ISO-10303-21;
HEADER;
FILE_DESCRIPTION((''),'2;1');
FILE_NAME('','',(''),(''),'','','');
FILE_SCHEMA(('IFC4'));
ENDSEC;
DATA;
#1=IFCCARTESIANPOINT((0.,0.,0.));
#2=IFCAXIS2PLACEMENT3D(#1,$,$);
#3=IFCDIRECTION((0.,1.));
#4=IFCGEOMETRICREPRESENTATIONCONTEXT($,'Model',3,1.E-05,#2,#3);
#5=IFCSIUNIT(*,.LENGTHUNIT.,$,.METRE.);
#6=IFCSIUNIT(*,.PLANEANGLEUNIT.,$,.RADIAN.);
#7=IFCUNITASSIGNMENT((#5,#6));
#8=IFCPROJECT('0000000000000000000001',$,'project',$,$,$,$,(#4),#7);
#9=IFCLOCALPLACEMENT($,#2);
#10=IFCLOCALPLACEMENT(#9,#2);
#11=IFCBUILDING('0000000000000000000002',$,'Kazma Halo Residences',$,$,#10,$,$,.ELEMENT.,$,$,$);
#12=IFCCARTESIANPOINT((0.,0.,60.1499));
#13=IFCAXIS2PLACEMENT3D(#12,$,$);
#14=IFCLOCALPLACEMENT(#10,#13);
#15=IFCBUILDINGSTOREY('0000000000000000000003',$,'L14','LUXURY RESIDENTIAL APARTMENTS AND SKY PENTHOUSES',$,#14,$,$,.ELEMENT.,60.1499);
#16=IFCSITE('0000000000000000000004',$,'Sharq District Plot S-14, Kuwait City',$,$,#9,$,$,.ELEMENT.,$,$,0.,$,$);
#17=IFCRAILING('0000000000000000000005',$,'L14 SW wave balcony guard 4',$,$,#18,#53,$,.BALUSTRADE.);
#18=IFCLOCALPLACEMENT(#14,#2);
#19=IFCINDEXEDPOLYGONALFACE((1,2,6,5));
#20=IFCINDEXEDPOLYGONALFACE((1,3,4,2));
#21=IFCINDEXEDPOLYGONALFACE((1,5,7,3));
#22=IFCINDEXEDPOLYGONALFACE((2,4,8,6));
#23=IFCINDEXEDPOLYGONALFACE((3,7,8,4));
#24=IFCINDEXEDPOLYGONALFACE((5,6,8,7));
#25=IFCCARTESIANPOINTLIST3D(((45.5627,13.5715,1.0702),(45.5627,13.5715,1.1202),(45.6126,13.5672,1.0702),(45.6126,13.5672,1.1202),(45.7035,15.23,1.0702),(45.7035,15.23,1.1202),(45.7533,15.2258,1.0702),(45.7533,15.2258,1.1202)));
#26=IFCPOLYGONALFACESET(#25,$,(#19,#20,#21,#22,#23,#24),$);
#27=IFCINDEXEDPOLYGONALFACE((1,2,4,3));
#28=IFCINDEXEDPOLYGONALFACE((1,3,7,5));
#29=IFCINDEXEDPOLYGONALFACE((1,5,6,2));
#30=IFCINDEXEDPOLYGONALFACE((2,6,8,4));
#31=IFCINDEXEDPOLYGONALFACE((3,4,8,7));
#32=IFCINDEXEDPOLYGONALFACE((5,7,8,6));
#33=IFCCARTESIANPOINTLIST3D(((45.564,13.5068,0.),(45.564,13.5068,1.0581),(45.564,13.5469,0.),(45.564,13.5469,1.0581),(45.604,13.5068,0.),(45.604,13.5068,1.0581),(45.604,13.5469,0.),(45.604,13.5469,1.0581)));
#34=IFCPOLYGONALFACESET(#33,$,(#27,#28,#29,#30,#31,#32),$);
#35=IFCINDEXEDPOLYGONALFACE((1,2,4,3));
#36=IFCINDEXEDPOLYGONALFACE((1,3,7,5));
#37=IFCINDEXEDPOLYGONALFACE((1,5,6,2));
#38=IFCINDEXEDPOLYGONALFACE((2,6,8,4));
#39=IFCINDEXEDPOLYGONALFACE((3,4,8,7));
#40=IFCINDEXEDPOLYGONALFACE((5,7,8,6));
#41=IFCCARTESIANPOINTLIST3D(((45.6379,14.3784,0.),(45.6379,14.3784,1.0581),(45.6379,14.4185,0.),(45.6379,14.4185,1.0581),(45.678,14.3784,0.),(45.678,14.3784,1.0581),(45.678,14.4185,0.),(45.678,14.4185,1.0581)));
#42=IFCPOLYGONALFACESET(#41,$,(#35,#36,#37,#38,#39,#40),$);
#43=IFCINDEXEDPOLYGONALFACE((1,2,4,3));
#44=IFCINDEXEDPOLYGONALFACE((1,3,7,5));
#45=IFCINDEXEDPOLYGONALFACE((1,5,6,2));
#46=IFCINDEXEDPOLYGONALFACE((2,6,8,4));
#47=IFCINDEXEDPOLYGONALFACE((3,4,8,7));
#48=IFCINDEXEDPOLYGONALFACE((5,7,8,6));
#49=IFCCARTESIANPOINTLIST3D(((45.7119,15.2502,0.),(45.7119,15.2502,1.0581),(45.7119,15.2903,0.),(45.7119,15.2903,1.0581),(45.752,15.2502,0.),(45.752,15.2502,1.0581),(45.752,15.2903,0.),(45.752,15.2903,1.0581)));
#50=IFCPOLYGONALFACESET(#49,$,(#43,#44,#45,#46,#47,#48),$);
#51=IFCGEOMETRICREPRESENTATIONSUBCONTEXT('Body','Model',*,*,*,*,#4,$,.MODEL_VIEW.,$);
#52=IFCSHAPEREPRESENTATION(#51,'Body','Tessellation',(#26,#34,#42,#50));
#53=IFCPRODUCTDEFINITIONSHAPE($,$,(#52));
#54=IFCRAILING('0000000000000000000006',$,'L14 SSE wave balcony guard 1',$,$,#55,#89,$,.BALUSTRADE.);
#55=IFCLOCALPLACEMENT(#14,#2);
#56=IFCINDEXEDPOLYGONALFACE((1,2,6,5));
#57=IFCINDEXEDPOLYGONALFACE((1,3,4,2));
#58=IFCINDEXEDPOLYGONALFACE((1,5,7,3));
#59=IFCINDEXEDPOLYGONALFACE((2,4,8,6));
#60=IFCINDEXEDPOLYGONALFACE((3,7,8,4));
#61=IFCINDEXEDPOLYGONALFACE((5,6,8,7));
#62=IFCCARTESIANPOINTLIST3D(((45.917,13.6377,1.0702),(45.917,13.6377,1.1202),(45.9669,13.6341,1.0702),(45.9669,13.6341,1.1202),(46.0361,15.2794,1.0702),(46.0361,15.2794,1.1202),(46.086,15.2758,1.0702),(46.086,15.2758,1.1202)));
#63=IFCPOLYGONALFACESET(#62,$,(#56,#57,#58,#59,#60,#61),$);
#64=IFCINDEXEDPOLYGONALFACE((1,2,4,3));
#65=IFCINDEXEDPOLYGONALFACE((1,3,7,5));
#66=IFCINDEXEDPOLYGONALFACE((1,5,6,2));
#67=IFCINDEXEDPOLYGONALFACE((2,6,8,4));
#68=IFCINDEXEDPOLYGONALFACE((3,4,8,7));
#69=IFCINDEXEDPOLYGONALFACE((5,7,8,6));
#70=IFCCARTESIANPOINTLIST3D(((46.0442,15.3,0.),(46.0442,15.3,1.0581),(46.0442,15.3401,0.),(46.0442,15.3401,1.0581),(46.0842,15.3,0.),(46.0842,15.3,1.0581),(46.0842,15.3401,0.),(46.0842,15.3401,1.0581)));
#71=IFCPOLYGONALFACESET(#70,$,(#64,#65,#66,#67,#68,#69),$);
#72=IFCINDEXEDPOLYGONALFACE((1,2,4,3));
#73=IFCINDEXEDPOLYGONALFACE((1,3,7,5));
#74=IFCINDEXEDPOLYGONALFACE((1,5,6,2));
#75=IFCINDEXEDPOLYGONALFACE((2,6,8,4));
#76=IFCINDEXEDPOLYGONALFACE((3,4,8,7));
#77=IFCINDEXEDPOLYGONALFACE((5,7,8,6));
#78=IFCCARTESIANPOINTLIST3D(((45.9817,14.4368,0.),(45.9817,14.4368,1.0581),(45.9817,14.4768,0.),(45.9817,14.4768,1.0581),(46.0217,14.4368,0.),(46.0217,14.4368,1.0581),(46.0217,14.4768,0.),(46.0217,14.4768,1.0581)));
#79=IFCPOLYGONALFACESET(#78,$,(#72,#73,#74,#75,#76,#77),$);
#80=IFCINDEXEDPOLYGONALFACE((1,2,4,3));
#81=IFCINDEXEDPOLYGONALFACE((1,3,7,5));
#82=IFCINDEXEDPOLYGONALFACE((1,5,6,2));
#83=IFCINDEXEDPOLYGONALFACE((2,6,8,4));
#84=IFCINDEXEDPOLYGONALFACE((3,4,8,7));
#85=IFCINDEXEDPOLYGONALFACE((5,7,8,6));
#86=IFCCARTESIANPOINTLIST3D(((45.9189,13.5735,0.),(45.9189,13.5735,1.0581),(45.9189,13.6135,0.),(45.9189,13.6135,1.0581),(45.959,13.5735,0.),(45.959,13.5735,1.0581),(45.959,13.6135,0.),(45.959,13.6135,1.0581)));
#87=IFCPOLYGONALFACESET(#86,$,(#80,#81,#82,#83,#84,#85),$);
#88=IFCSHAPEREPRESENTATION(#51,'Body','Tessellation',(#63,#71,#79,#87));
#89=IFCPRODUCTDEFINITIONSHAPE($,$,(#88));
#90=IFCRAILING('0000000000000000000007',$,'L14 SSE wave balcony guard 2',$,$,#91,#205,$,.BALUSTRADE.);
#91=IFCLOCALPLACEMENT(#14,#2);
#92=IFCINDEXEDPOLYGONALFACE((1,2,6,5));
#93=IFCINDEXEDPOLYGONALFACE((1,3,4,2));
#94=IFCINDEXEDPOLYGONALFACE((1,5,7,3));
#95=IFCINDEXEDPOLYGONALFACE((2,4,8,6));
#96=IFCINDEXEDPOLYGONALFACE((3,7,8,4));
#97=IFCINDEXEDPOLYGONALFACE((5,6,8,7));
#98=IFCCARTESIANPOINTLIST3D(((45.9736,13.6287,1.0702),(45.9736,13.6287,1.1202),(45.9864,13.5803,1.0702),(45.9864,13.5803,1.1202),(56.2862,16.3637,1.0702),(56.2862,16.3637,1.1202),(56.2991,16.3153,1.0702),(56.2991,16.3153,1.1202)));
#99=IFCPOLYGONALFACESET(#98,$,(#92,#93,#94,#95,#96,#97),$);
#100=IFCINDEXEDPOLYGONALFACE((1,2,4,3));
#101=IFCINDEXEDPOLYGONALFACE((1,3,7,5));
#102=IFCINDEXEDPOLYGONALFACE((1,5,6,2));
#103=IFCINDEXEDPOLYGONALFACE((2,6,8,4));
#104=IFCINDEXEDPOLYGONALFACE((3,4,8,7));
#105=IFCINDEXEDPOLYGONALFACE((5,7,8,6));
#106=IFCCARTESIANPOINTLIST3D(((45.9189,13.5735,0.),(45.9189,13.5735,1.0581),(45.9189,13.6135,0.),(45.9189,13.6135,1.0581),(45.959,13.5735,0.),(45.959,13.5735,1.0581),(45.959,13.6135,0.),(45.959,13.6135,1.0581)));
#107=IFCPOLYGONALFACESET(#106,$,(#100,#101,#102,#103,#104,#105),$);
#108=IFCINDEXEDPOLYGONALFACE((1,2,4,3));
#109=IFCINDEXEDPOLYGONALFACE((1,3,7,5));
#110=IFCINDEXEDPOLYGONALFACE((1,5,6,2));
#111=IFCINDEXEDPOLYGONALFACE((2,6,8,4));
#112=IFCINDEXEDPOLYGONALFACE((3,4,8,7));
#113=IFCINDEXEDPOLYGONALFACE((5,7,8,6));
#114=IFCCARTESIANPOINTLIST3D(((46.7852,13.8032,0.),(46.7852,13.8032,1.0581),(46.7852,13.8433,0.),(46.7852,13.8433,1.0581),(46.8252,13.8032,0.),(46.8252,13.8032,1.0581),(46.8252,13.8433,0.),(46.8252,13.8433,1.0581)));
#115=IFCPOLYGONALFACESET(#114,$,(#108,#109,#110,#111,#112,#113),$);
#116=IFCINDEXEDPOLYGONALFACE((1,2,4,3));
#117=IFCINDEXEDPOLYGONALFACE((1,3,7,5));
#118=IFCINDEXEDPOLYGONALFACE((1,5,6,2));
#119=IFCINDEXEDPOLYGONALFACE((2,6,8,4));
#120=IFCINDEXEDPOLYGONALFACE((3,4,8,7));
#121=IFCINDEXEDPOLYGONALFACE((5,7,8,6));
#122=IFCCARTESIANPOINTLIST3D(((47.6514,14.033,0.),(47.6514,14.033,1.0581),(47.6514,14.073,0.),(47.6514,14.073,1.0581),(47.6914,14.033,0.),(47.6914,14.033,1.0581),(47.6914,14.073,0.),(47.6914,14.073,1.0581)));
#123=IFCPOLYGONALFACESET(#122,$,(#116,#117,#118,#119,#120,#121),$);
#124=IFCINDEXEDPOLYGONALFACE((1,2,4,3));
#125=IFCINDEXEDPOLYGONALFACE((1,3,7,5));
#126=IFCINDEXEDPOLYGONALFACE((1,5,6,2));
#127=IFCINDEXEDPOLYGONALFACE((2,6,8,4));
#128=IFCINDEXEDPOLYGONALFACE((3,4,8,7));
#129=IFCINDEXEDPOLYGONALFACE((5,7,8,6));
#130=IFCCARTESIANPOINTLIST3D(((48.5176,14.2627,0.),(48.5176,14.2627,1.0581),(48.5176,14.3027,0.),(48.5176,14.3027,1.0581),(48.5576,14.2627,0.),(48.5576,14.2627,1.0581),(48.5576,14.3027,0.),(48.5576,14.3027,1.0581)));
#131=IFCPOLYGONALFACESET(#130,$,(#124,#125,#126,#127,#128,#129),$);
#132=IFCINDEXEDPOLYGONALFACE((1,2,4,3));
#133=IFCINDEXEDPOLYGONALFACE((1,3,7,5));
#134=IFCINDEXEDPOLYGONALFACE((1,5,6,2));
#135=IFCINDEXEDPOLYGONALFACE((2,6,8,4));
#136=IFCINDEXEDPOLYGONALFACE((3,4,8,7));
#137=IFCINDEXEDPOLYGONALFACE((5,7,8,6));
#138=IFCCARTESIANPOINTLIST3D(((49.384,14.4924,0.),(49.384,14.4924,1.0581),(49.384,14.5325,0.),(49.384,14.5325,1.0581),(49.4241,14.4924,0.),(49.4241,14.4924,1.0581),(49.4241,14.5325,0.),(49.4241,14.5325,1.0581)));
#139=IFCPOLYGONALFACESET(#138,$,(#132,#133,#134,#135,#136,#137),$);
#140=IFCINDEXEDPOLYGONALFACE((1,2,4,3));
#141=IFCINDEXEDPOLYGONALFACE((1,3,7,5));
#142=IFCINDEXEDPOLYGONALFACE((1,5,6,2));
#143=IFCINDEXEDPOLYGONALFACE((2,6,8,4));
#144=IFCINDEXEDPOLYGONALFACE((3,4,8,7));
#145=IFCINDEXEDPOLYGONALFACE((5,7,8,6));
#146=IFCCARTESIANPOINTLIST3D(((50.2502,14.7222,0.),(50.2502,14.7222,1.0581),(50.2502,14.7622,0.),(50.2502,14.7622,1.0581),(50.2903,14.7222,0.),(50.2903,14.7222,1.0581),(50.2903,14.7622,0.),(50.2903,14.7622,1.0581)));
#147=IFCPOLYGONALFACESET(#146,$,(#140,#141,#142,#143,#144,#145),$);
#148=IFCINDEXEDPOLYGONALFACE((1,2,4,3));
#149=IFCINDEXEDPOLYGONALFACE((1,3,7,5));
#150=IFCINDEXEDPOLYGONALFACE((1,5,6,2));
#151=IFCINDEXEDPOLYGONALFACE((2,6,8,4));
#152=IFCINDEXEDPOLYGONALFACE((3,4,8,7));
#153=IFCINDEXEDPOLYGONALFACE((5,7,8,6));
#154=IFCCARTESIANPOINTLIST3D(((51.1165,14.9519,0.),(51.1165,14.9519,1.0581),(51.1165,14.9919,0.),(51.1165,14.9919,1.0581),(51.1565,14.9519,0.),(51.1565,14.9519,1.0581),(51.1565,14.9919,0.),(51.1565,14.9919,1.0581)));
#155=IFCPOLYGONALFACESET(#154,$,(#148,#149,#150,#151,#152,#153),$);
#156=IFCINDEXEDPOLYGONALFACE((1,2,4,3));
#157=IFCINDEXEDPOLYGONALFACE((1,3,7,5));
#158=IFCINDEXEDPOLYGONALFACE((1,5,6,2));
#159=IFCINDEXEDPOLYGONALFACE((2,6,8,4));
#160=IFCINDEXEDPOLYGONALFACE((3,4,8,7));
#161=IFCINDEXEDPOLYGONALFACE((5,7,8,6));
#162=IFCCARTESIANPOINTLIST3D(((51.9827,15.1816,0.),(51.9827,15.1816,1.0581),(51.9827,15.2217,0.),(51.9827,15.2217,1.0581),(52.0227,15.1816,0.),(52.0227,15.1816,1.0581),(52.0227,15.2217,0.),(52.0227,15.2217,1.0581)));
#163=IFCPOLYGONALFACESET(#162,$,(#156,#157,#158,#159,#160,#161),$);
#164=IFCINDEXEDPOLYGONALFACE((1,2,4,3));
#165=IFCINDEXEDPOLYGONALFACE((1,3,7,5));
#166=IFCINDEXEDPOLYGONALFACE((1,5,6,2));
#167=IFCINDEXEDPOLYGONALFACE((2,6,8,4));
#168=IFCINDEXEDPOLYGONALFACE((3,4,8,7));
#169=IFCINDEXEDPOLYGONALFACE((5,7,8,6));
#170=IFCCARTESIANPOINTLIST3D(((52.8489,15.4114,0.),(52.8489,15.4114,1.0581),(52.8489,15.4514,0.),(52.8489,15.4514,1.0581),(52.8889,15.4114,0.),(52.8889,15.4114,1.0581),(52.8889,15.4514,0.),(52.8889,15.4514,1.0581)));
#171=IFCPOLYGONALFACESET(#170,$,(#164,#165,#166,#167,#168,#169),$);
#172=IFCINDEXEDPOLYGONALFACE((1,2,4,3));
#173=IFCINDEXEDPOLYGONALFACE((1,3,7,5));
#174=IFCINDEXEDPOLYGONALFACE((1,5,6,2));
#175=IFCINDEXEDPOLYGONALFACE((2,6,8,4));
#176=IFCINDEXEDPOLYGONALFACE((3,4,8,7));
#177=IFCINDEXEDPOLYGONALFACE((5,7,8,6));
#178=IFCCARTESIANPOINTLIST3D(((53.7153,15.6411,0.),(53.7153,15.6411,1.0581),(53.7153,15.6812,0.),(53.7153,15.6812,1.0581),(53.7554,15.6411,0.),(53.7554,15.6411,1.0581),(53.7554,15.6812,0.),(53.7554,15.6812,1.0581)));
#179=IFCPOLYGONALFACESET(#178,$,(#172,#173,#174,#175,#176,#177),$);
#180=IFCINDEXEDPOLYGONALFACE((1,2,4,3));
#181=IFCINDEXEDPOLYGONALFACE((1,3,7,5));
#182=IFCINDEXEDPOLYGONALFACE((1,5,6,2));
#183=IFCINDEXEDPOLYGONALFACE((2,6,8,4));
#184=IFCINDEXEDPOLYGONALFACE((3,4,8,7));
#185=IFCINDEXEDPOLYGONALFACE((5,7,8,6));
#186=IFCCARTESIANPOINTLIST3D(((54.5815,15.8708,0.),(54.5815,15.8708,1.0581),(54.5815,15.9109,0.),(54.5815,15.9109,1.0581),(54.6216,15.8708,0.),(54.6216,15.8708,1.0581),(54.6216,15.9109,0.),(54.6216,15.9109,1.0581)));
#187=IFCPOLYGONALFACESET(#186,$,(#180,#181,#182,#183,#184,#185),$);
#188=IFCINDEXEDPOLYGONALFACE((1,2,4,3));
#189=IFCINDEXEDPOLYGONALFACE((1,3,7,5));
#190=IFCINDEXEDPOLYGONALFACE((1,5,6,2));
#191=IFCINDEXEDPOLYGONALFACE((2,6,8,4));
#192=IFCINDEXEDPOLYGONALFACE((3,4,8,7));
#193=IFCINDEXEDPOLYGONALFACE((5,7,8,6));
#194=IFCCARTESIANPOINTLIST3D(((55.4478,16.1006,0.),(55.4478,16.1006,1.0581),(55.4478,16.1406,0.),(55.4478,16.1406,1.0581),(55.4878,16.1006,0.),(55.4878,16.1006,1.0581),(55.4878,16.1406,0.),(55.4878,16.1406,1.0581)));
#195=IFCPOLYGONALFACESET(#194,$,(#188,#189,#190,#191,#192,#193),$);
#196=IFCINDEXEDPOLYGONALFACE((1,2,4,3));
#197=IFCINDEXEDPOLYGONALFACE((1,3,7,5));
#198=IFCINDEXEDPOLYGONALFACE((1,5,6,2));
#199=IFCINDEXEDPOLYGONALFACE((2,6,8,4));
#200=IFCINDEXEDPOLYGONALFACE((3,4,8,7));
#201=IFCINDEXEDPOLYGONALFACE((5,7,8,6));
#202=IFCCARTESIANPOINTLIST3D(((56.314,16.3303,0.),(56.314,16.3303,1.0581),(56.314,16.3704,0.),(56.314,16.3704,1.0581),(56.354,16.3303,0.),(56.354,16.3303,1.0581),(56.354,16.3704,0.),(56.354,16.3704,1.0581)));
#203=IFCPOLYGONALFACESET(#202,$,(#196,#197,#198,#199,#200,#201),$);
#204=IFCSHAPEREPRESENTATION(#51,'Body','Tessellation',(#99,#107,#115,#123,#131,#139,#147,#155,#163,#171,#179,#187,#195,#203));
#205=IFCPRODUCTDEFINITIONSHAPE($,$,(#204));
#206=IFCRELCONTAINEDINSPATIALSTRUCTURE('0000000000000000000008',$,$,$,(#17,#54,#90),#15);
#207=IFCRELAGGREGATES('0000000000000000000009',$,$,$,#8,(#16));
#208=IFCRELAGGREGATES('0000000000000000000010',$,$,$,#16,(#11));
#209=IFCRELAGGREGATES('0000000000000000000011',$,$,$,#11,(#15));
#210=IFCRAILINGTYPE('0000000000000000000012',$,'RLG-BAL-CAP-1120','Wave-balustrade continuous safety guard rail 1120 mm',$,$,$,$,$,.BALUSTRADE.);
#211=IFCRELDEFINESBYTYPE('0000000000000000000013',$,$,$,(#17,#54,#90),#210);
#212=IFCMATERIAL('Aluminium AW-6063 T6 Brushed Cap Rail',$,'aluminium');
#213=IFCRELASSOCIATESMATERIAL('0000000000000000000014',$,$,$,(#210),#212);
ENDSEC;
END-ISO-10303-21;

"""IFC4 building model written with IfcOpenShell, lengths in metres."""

from ifc_helpers import new_model, si_unit, direction, frame, origin, origin_2d, place, context, subcontext, project, spatial, rectangle, extrude, material, type_object, element, save


model = new_model("IFC4")

# Units and contexts
model_context = context("Model", 3, precision=1e-05, world=origin(), true_north=direction((0.0, 1.0)))
body_context = subcontext(model_context, "Body", "Model", "MODEL_VIEW")
ifc_project = project(units=[si_unit("LENGTHUNIT", "METRE"), si_unit("PLANEANGLEUNIT", "RADIAN")], contexts=[model_context])

# Site, building, storey
site_placement = place(None, origin())
site = spatial("IfcSite", under=ifc_project, at=site_placement, Name="Sharq District Plot S-14, Kuwait City", CompositionType="ELEMENT", RefElevation=0.0)
building_placement = place(site_placement, origin())
building = spatial("IfcBuilding", under=site, at=building_placement, Name="Kazma Halo Residences", CompositionType="ELEMENT")
storey_placement = place(building_placement, frame((0.0, 0.0, 60.1499)))
storey = spatial("IfcBuildingStorey", under=building, at=storey_placement, Name="L14", Description="LUXURY RESIDENTIAL APARTMENTS AND SKY PENTHOUSES", CompositionType="ELEMENT", Elevation=60.1499)

# Railings
ifc_material_1 = material(Name="Aluminium AW-6063 T6 Brushed Cap Rail", Category="aluminium")
railing_type = type_object("IfcRailingType", Name="RLG-BAL-CAP-1120", Description="Wave-balustrade continuous safety guard rail 1120 mm", PredefinedType="BALUSTRADE", material=ifc_material_1)
railing_1_placement = place(storey_placement, frame((45.584, 13.5269, 0.0)))
element("IfcRailing", 1, at=railing_1_placement, inside=storey, type_object=railing_type, Name="L14 SW wave balcony guard 4", PredefinedType="BALUSTRADE", context=body_context, shape_type="SweptSolid", body=[
    extrude(rectangle(XDim=0.05, YDim=0.05, at=origin_2d()), frame((0.0037, 0.0425, 1.0952), z_axis=(0.084558, 0.996419, 0.0), x_axis=(-0.996419, 0.084558, 0.0)), (0.0, 0.0, 1.0), 1.6646),
    extrude(rectangle(XDim=0.04, YDim=0.04, at=origin_2d()), origin(), (0.0, 0.0, 1.0), 1.0581),
    extrude(rectangle(XDim=0.04, YDim=0.04, at=origin_2d()), frame((0.074, 0.8716, 0.0)), (0.0, 0.0, 1.0), 1.0581),
    extrude(rectangle(XDim=0.04, YDim=0.04, at=origin_2d()), frame((0.1479, 1.7434, 0.0)), (0.0, 0.0, 1.0), 1.0581),
])
railing_2_placement = place(storey_placement, frame((46.0642, 15.3201, 0.0)))
element("IfcRailing", 2, at=railing_2_placement, inside=storey, type_object=railing_type, Name="L14 SSE wave balcony guard 1", PredefinedType="BALUSTRADE", context=body_context, shape_type="SweptSolid", body=[
    extrude(rectangle(XDim=0.05, YDim=0.05, at=origin_2d()), frame((-0.0032, -0.0425, 1.0952), z_axis=(-0.072349, -0.997379, 0.0), x_axis=(0.997379, -0.072349, 0.0)), (0.0, 0.0, 1.0), 1.646),
    extrude(rectangle(XDim=0.04, YDim=0.04, at=origin_2d()), origin(), (0.0, 0.0, 1.0), 1.0581),
    extrude(rectangle(XDim=0.04, YDim=0.04, at=origin_2d()), frame((-0.0625, -0.8633, 0.0)), (0.0, 0.0, 1.0), 1.0581),
    extrude(rectangle(XDim=0.04, YDim=0.04, at=origin_2d()), frame((-0.1252, -1.7266, 0.0)), (0.0, 0.0, 1.0), 1.0581),
])
railing_3_placement = place(storey_placement, frame((45.939, 13.5935, 0.0)))
element("IfcRailing", 3, at=railing_3_placement, inside=storey, type_object=railing_type, Name="L14 SSE wave balcony guard 2", PredefinedType="BALUSTRADE", context=body_context, shape_type="SweptSolid", body=[
    extrude(rectangle(XDim=0.05, YDim=0.05, at=origin_2d()), frame((0.041, 0.011, 1.0952), z_axis=(0.966585, 0.256346, 0.0), x_axis=(-0.256346, 0.966585, 0.0)), (0.0, 0.0, 1.0), 10.6692),
    extrude(rectangle(XDim=0.04, YDim=0.04, at=origin_2d()), origin(), (0.0, 0.0, 1.0), 1.0581),
    extrude(rectangle(XDim=0.04, YDim=0.04, at=origin_2d()), frame((0.8662, 0.2297, 0.0)), (0.0, 0.0, 1.0), 1.0581),
    extrude(rectangle(XDim=0.04, YDim=0.04, at=origin_2d()), frame((1.7324, 0.4595, 0.0)), (0.0, 0.0, 1.0), 1.0581),
    extrude(rectangle(XDim=0.04, YDim=0.04, at=origin_2d()), frame((2.5986, 0.6892, 0.0)), (0.0, 0.0, 1.0), 1.0581),
    extrude(rectangle(XDim=0.04, YDim=0.04, at=origin_2d()), frame((3.4651, 0.9189, 0.0)), (0.0, 0.0, 1.0), 1.0581),
    extrude(rectangle(XDim=0.04, YDim=0.04, at=origin_2d()), frame((4.3313, 1.1487, 0.0)), (0.0, 0.0, 1.0), 1.0581),
    extrude(rectangle(XDim=0.04, YDim=0.04, at=origin_2d()), frame((5.1975, 1.3784, 0.0)), (0.0, 0.0, 1.0), 1.0581),
    extrude(rectangle(XDim=0.04, YDim=0.04, at=origin_2d()), frame((6.0637, 1.6082, 0.0)), (0.0, 0.0, 1.0), 1.0581),
    extrude(rectangle(XDim=0.04, YDim=0.04, at=origin_2d()), frame((6.9299, 1.8379, 0.0)), (0.0, 0.0, 1.0), 1.0581),
    extrude(rectangle(XDim=0.04, YDim=0.04, at=origin_2d()), frame((7.7964, 2.0676, 0.0)), (0.0, 0.0, 1.0), 1.0581),
    extrude(rectangle(XDim=0.04, YDim=0.04, at=origin_2d()), frame((8.6626, 2.2974, 0.0)), (0.0, 0.0, 1.0), 1.0581),
    extrude(rectangle(XDim=0.04, YDim=0.04, at=origin_2d()), frame((9.5288, 2.5271, 0.0)), (0.0, 0.0, 1.0), 1.0581),
    extrude(rectangle(XDim=0.04, YDim=0.04, at=origin_2d()), frame((10.395, 2.7568, 0.0)), (0.0, 0.0, 1.0), 1.0581),
])

save(model, "model.ifc")
